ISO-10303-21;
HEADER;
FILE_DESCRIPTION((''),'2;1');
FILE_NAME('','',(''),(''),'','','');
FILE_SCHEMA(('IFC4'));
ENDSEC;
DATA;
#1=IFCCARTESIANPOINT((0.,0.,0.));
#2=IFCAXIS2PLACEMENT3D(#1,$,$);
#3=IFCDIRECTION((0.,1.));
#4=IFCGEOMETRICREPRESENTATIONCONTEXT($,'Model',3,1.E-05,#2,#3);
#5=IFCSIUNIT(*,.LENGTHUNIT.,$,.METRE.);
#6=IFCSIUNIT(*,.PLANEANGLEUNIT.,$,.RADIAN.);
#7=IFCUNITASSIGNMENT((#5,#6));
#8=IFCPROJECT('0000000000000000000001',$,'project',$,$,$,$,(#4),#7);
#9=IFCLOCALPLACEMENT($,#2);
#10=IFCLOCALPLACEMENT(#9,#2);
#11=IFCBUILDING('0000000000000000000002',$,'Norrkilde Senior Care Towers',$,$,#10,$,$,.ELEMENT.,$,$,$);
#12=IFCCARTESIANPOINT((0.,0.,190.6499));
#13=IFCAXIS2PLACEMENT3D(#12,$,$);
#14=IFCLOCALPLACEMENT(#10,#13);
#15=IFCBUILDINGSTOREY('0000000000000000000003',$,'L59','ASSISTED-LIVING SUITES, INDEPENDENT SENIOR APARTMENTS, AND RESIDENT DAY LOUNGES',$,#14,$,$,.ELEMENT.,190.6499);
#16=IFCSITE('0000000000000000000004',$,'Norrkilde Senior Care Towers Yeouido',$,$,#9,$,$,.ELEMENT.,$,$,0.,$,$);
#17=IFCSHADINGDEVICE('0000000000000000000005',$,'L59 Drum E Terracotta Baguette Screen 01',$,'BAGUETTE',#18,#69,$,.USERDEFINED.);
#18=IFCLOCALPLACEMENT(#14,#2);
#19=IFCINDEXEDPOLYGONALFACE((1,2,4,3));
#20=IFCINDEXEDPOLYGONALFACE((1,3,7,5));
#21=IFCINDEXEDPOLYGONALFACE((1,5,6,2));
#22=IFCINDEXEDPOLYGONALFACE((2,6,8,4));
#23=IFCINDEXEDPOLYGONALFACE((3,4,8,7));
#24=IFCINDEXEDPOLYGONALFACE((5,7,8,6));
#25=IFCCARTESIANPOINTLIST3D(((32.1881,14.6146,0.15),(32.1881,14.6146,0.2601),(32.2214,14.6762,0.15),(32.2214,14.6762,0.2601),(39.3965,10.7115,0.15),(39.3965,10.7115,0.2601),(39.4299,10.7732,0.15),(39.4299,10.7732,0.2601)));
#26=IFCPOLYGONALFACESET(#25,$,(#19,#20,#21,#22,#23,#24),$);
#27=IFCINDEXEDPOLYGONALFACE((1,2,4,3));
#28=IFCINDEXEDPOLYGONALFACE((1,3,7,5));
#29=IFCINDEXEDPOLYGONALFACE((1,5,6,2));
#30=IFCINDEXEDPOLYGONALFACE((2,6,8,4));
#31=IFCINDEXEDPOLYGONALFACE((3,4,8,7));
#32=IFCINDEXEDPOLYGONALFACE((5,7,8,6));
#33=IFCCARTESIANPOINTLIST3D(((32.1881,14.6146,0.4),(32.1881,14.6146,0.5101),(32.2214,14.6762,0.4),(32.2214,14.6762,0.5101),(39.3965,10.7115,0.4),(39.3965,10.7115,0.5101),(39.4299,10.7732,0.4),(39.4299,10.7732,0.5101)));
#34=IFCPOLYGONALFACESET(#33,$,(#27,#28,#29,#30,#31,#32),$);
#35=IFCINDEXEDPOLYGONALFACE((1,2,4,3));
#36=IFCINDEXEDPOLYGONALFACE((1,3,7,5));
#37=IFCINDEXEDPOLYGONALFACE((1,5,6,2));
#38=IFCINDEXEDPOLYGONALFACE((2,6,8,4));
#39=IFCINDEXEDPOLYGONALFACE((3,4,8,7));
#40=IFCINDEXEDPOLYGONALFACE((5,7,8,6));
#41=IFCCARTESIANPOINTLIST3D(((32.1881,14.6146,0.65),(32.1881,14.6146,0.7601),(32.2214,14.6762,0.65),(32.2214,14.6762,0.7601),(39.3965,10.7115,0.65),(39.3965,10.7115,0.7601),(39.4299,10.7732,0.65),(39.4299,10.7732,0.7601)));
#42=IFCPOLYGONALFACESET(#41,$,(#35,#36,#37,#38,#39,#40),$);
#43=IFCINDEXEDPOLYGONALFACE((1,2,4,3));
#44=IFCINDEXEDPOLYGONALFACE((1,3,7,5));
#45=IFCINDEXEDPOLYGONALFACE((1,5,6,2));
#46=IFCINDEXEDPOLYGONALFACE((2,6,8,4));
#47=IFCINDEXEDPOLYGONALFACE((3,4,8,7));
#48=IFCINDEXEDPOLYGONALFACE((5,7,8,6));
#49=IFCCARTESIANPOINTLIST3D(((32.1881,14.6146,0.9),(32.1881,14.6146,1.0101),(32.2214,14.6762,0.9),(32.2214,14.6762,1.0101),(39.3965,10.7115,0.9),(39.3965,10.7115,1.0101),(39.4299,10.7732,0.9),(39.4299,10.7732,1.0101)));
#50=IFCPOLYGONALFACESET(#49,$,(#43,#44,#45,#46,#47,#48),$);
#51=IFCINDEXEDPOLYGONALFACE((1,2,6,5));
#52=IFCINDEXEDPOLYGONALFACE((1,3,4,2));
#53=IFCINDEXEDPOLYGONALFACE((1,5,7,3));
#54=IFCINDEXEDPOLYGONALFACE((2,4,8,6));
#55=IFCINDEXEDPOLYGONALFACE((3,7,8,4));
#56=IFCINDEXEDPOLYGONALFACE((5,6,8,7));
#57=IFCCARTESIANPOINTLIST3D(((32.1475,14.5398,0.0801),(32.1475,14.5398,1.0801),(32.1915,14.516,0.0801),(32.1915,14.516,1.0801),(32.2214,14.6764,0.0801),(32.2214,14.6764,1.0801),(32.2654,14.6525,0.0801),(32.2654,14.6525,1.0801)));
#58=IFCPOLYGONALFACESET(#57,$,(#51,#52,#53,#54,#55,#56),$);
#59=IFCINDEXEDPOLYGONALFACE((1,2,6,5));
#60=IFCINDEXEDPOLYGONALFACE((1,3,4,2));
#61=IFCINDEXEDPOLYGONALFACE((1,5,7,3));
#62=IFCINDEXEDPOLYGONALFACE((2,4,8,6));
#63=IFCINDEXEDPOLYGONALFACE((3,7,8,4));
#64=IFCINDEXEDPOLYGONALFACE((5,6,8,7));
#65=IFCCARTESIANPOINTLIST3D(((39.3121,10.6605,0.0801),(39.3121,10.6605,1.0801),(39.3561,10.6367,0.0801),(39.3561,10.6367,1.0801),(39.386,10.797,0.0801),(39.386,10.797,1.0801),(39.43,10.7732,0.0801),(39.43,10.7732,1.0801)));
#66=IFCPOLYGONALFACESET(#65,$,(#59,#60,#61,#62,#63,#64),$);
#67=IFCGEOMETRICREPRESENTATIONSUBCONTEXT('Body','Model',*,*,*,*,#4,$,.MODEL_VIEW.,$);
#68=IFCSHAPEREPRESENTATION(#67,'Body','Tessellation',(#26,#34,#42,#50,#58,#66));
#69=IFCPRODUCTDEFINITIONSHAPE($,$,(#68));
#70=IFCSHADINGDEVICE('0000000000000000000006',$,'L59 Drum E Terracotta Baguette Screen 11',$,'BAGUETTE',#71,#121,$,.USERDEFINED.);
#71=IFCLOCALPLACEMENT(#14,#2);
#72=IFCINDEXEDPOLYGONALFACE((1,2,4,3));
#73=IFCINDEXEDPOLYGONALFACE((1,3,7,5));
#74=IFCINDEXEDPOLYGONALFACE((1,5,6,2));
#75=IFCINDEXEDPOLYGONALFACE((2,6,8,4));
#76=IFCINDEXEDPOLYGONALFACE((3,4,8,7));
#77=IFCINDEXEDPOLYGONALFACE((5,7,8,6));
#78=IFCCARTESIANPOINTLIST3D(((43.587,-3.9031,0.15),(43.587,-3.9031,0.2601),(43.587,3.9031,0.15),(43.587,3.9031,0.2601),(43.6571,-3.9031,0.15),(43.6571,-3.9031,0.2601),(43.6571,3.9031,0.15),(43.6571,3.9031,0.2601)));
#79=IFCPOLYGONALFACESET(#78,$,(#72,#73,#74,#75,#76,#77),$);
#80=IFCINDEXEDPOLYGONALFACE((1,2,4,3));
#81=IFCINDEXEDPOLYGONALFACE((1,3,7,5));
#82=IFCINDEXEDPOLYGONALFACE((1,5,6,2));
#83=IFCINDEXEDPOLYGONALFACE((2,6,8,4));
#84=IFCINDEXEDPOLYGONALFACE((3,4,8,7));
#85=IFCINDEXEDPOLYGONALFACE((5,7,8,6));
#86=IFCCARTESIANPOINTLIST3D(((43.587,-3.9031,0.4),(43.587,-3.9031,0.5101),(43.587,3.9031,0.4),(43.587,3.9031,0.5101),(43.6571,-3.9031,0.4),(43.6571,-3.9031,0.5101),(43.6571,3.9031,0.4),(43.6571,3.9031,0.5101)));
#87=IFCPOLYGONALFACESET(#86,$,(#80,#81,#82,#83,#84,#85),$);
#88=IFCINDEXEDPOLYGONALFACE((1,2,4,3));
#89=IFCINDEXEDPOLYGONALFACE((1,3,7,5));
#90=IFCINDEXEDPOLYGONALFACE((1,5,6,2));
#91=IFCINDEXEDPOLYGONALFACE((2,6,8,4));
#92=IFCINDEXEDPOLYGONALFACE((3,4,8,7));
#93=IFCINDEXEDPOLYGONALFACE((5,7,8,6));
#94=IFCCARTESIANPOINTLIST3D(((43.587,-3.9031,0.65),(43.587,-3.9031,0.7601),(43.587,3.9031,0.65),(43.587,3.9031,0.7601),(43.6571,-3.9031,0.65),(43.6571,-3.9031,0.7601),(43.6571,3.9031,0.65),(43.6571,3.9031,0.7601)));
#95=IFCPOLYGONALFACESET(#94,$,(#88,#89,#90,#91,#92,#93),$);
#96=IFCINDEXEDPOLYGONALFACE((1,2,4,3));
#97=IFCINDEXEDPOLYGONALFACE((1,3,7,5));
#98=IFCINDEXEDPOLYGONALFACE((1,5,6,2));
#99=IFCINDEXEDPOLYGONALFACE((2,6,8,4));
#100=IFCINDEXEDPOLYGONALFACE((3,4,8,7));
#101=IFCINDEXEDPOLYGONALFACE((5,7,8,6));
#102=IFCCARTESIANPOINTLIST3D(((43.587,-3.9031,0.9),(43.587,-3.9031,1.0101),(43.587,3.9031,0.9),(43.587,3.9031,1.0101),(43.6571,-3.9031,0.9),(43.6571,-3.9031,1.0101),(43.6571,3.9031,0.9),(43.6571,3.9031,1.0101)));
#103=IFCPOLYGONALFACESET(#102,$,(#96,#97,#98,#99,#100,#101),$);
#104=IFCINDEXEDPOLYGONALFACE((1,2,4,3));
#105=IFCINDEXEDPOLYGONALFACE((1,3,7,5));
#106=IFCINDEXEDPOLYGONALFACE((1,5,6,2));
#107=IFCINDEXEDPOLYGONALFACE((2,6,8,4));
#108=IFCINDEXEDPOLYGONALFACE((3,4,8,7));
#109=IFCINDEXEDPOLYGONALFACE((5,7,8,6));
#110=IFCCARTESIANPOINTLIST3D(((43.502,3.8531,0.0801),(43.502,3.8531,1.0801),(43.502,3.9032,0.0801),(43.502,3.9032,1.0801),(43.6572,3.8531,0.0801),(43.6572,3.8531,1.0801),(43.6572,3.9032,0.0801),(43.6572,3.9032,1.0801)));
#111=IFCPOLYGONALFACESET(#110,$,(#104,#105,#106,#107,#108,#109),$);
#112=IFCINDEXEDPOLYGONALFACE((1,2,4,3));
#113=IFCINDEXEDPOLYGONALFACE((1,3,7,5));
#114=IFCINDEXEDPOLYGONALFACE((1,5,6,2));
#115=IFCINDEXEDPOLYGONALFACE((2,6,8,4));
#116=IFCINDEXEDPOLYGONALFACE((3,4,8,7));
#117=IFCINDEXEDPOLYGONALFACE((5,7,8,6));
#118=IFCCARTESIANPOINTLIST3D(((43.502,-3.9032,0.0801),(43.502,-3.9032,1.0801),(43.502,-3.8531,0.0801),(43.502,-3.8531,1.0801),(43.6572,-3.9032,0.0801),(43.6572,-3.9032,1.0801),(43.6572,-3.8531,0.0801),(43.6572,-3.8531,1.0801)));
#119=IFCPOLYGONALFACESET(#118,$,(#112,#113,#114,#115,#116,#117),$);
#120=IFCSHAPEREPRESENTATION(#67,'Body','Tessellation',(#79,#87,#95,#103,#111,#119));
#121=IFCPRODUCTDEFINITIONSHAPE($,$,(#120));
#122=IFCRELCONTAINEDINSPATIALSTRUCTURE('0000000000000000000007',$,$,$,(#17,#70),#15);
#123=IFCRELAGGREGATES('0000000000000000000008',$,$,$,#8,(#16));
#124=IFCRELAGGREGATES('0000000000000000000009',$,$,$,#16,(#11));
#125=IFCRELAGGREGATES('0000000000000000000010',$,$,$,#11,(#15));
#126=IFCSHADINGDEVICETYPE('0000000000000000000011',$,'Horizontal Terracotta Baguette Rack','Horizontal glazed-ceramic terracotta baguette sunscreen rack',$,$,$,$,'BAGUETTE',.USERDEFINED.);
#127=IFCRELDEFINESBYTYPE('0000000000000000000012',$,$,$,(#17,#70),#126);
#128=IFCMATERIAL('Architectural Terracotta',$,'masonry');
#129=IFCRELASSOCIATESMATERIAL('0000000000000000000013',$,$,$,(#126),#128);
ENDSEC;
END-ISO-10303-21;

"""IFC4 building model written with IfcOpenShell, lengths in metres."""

from ifc_helpers import new_model, si_unit, direction, frame, origin, origin_2d, place, context, subcontext, project, spatial, rectangle, extrude, source, transform, mapped, material, type_object, type_shapes, element, save


model = new_model("IFC4")

# Units and contexts
model_context = context("Model", 3, precision=1e-05, world=origin(), true_north=direction((0.0, 1.0)))
body_context = subcontext(model_context, "Body", "Model", "MODEL_VIEW")
ifc_project = project(units=[si_unit("LENGTHUNIT", "METRE"), si_unit("PLANEANGLEUNIT", "RADIAN")], contexts=[model_context])

# Site, building, storey
site_placement = place(None, origin())
site = spatial("IfcSite", under=ifc_project, at=site_placement, Name="Norrkilde Senior Care Towers Yeouido", CompositionType="ELEMENT", RefElevation=0.0)
building_placement = place(site_placement, origin())
building = spatial("IfcBuilding", under=site, at=building_placement, Name="Norrkilde Senior Care Towers", CompositionType="ELEMENT")
storey_placement = place(building_placement, frame((0.0, 0.0, 190.6499)))
storey = spatial("IfcBuildingStorey", under=building, at=storey_placement, Name="L59", Description="ASSISTED-LIVING SUITES, INDEPENDENT SENIOR APARTMENTS, AND RESIDENT DAY LOUNGES", CompositionType="ELEMENT", Elevation=190.6499)

# Shading devices
ifc_material_1 = material(Name="Architectural Terracotta", Category="masonry")
shading_device_type = type_object("IfcShadingDeviceType", Name="Horizontal Terracotta Baguette Rack", Description="Horizontal glazed-ceramic terracotta baguette sunscreen rack", ElementType="BAGUETTE", PredefinedType="USERDEFINED", material=ifc_material_1)
shared_shape_1 = source(origin(), body_context, "Body", "SweptSolid", [
    extrude(rectangle(XDim=0.0701, YDim=0.1101, at=origin_2d()), frame((0.0, 0.0901, 0.125), z_axis=(1.0, 0.0, 0.0), x_axis=(0.0, 1.0, 0.0)), (0.0, 0.0, 1.0), 8.1973),
    extrude(rectangle(XDim=0.0701, YDim=0.1101, at=origin_2d()), frame((0.0, 0.0901, 0.375), z_axis=(1.0, 0.0, 0.0), x_axis=(0.0, 1.0, 0.0)), (0.0, 0.0, 1.0), 8.1973),
    extrude(rectangle(XDim=0.0701, YDim=0.1101, at=origin_2d()), frame((0.0, 0.0901, 0.625), z_axis=(1.0, 0.0, 0.0), x_axis=(0.0, 1.0, 0.0)), (0.0, 0.0, 1.0), 8.1973),
    extrude(rectangle(XDim=0.0701, YDim=0.1101, at=origin_2d()), frame((0.0, 0.0901, 0.875), z_axis=(1.0, 0.0, 0.0), x_axis=(0.0, 1.0, 0.0)), (0.0, 0.0, 1.0), 8.1973),
    extrude(rectangle(XDim=0.05, YDim=0.1553, at=origin_2d()), frame((0.0249, 0.0476, 0.0)), (0.0, 0.0, 1.0), 1.0),
    extrude(rectangle(XDim=0.05, YDim=0.1553, at=origin_2d()), frame((8.1724, 0.0476, 0.0)), (0.0, 0.0, 1.0), 1.0),
])
shading_device_1_placement = place(storey_placement, frame((32.1619, 14.5662, 0.0801), z_axis=(0.0, 0.0, 1.0), x_axis=(0.879378, -0.476144, 0.0)))
element("IfcShadingDevice", 1, at=shading_device_1_placement, inside=storey, type_object=shading_device_type, Name="L59 Drum E Terracotta Baguette Screen 01", ObjectType="BAGUETTE", PredefinedType="USERDEFINED", context=body_context, shape_type="MappedRepresentation", body=[
    mapped(shared_shape_1, transform((0.0, 0.0, 0.0), x_axis=(1.0, 0.0, 0.0), y_axis=(0.0, 1.0, 0.0), z_axis=(0.0, 0.0, 1.0), scale=1.0)),
])
shared_shape_2 = source(origin(), body_context, "Body", "SweptSolid", [
    extrude(rectangle(XDim=0.0701, YDim=0.1101, at=origin_2d()), frame((0.0, 0.0901, 0.125), z_axis=(1.0, 0.0, 0.0), x_axis=(0.0, 1.0, 0.0)), (0.0, 0.0, 1.0), 7.8062),
    extrude(rectangle(XDim=0.0701, YDim=0.1101, at=origin_2d()), frame((0.0, 0.0901, 0.375), z_axis=(1.0, 0.0, 0.0), x_axis=(0.0, 1.0, 0.0)), (0.0, 0.0, 1.0), 7.8062),
    extrude(rectangle(XDim=0.0701, YDim=0.1101, at=origin_2d()), frame((0.0, 0.0901, 0.625), z_axis=(1.0, 0.0, 0.0), x_axis=(0.0, 1.0, 0.0)), (0.0, 0.0, 1.0), 7.8062),
    extrude(rectangle(XDim=0.0701, YDim=0.1101, at=origin_2d()), frame((0.0, 0.0901, 0.875), z_axis=(1.0, 0.0, 0.0), x_axis=(0.0, 1.0, 0.0)), (0.0, 0.0, 1.0), 7.8062),
    extrude(rectangle(XDim=0.05, YDim=0.1553, at=origin_2d()), frame((0.0249, 0.0476, 0.0)), (0.0, 0.0, 1.0), 1.0),
    extrude(rectangle(XDim=0.05, YDim=0.1553, at=origin_2d()), frame((7.7812, 0.0476, 0.0)), (0.0, 0.0, 1.0), 1.0),
])
type_shapes(shading_device_type, [shared_shape_1, shared_shape_2])
shading_device_2_placement = place(storey_placement, frame((43.532, 3.9031, 0.0801), z_axis=(0.0, 0.0, 1.0), x_axis=(0.0, -1.0, 0.0)))
element("IfcShadingDevice", 2, at=shading_device_2_placement, inside=storey, type_object=shading_device_type, Name="L59 Drum E Terracotta Baguette Screen 11", ObjectType="BAGUETTE", PredefinedType="USERDEFINED", context=body_context, shape_type="MappedRepresentation", body=[
    mapped(shared_shape_2, transform((0.0, 0.0, 0.0), x_axis=(1.0, 0.0, 0.0), y_axis=(0.0, 1.0, 0.0), z_axis=(0.0, 0.0, 1.0), scale=1.0)),
])

save(model, "model.ifc")
